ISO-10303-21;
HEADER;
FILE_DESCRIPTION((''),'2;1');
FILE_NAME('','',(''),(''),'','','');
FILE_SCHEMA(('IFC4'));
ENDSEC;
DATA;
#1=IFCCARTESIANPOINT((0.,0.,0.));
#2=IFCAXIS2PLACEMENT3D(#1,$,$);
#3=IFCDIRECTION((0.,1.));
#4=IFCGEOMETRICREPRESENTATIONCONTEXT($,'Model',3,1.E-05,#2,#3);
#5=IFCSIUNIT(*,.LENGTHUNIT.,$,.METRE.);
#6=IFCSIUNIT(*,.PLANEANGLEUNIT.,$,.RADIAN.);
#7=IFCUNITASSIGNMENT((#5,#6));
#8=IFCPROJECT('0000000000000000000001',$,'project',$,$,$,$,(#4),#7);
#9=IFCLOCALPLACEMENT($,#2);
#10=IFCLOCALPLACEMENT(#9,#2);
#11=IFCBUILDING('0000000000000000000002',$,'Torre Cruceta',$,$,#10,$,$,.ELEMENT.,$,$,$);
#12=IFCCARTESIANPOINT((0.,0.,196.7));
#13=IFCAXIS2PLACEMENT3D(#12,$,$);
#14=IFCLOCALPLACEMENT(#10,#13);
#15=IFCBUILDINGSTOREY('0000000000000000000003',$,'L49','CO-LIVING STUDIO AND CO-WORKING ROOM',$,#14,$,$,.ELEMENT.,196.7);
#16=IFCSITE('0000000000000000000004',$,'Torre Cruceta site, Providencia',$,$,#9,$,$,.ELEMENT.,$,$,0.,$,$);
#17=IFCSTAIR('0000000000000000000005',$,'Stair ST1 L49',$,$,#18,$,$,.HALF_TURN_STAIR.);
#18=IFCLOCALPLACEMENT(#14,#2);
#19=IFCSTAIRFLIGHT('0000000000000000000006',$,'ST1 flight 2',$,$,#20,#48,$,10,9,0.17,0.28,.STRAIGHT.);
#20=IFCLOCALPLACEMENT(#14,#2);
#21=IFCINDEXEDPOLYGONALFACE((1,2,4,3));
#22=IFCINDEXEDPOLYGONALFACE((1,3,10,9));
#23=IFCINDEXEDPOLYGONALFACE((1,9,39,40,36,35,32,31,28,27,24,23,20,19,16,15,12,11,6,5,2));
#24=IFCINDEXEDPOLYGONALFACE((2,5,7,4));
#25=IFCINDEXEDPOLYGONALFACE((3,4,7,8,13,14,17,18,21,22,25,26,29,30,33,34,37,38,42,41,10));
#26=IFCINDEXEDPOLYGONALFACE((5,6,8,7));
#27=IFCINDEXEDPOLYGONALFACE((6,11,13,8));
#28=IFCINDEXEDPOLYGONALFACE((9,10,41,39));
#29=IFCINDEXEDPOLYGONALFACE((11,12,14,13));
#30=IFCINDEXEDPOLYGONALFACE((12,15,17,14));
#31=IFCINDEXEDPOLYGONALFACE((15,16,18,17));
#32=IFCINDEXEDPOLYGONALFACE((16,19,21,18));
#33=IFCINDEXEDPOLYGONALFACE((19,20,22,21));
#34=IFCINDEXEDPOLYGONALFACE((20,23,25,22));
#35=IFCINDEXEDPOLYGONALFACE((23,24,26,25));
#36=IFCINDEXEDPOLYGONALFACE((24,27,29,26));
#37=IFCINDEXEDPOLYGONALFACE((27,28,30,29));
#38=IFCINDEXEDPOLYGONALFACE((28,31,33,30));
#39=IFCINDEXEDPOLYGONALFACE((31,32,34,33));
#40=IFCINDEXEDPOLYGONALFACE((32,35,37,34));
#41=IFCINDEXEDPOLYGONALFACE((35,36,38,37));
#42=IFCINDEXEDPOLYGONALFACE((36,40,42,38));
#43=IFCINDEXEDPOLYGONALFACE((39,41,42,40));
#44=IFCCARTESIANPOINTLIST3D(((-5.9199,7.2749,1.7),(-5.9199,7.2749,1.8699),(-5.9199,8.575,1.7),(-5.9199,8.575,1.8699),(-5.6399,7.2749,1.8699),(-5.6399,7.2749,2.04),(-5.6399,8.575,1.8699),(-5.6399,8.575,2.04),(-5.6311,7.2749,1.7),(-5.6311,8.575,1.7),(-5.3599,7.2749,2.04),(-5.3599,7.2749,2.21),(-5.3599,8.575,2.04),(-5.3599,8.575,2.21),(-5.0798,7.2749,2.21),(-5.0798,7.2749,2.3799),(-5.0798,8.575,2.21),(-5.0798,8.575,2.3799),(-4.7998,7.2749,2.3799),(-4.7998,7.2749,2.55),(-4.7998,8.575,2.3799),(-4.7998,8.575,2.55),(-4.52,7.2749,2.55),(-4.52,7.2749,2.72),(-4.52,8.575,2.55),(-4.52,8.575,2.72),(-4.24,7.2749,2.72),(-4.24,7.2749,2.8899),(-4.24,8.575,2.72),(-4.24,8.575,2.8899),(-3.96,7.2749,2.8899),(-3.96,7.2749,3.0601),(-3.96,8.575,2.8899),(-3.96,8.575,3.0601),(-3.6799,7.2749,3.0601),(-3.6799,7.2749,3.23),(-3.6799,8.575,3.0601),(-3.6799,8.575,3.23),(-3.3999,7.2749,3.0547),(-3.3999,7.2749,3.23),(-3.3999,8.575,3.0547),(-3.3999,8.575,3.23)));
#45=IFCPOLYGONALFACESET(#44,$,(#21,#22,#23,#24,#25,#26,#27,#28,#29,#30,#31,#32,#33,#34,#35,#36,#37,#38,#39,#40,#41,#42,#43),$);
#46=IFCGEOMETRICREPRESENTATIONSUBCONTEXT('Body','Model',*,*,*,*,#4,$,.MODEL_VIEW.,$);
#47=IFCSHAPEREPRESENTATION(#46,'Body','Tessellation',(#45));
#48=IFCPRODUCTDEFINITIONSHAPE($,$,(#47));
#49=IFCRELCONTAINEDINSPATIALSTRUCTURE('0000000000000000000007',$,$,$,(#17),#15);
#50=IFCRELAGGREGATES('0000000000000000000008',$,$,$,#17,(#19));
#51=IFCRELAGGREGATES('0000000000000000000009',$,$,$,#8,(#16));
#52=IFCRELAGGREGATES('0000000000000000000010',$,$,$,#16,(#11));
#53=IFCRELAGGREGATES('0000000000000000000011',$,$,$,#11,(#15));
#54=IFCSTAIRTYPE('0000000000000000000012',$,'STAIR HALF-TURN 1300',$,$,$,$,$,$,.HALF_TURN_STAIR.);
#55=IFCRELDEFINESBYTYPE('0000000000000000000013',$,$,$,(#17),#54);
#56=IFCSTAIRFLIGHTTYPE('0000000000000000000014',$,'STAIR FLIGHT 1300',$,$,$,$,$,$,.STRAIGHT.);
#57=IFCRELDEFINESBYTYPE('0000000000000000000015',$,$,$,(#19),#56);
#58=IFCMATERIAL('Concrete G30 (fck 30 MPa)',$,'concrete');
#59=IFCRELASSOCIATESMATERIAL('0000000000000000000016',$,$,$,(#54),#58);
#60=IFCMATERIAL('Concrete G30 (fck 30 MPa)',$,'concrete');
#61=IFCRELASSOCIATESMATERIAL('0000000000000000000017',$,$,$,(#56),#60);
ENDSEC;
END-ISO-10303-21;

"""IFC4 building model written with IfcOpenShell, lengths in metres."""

from ifc_helpers import new_model, si_unit, direction, frame, origin, place, context, subcontext, project, spatial, polyline, outline, extrude, material, type_object, element, aggregate, save


model = new_model("IFC4")

# Units and contexts
model_context = context("Model", 3, precision=1e-05, world=origin(), true_north=direction((0.0, 1.0)))
body_context = subcontext(model_context, "Body", "Model", "MODEL_VIEW")
ifc_project = project(units=[si_unit("LENGTHUNIT", "METRE"), si_unit("PLANEANGLEUNIT", "RADIAN")], contexts=[model_context])

# Site, building, storey
site_placement = place(None, origin())
site = spatial("IfcSite", under=ifc_project, at=site_placement, Name="Torre Cruceta site, Providencia", CompositionType="ELEMENT", RefElevation=0.0)
building_placement = place(site_placement, origin())
building = spatial("IfcBuilding", under=site, at=building_placement, Name="Torre Cruceta", CompositionType="ELEMENT")
storey_placement = place(building_placement, frame((0.0, 0.0, 196.7)))
storey = spatial("IfcBuildingStorey", under=building, at=storey_placement, Name="L49", Description="CO-LIVING STUDIO AND CO-WORKING ROOM", CompositionType="ELEMENT", Elevation=196.7)

# Stair, stair flight
ifc_material_1 = material(Name="Concrete G30 (fck 30 MPa)", Category="concrete")
stair_type = type_object("IfcStairType", Name="STAIR HALF-TURN 1300", PredefinedType="HALF_TURN_STAIR", material=ifc_material_1)
stair_placement = place(storey_placement, origin())
stair = element("IfcStair", 1, at=stair_placement, inside=storey, type_object=stair_type, Name="Stair ST1 L49", PredefinedType="HALF_TURN_STAIR")
ifc_material_2 = material(Name="Concrete G30 (fck 30 MPa)", Category="concrete")
stair_flight_type = type_object("IfcStairFlightType", Name="STAIR FLIGHT 1300", PredefinedType="STRAIGHT", material=ifc_material_2)
stair_flight_placement = place(storey_placement, frame((-5.9199, 7.925, 1.7), z_axis=(0.0, 0.0, 1.0), x_axis=(1.0, 0.0, 0.0)))
stair_flight = element("IfcStairFlight", 2, at=stair_flight_placement, type_object=stair_flight_type, Name="ST1 flight 2", NumberOfRisers=10, NumberOfTreads=9, PredefinedType="STRAIGHT", RiserHeight=0.17, TreadLength=0.28, context=body_context, shape_type="SweptSolid", body=[
    extrude(outline(polyline([(0.0, 0.0), (0.0, 0.1699), (0.28, 0.1699), (0.28, 0.3401), (0.5601, 0.3401), (0.5601, 0.51), (0.8401, 0.51), (0.8401, 0.6799), (1.1201, 0.6799), (1.1201, 0.8501), (1.3999, 0.8501), (1.3999, 1.02), (1.6799, 1.02), (1.6799, 1.1899), (1.96, 1.1899), (1.96, 1.3601), (2.24, 1.3601), (2.24, 1.53), (2.52, 1.53), (2.52, 1.7), (2.52, 1.3547), (0.2888, 0.0), (0.0, 0.0)])), frame((0.0, 0.6499, 0.0), z_axis=(0.0, -1.0, 0.0), x_axis=(1.0, 0.0, 0.0)), (0.0, 0.0, 1.0), 1.3),
])
aggregate(stair, [stair_flight])

save(model, "model.ifc")
